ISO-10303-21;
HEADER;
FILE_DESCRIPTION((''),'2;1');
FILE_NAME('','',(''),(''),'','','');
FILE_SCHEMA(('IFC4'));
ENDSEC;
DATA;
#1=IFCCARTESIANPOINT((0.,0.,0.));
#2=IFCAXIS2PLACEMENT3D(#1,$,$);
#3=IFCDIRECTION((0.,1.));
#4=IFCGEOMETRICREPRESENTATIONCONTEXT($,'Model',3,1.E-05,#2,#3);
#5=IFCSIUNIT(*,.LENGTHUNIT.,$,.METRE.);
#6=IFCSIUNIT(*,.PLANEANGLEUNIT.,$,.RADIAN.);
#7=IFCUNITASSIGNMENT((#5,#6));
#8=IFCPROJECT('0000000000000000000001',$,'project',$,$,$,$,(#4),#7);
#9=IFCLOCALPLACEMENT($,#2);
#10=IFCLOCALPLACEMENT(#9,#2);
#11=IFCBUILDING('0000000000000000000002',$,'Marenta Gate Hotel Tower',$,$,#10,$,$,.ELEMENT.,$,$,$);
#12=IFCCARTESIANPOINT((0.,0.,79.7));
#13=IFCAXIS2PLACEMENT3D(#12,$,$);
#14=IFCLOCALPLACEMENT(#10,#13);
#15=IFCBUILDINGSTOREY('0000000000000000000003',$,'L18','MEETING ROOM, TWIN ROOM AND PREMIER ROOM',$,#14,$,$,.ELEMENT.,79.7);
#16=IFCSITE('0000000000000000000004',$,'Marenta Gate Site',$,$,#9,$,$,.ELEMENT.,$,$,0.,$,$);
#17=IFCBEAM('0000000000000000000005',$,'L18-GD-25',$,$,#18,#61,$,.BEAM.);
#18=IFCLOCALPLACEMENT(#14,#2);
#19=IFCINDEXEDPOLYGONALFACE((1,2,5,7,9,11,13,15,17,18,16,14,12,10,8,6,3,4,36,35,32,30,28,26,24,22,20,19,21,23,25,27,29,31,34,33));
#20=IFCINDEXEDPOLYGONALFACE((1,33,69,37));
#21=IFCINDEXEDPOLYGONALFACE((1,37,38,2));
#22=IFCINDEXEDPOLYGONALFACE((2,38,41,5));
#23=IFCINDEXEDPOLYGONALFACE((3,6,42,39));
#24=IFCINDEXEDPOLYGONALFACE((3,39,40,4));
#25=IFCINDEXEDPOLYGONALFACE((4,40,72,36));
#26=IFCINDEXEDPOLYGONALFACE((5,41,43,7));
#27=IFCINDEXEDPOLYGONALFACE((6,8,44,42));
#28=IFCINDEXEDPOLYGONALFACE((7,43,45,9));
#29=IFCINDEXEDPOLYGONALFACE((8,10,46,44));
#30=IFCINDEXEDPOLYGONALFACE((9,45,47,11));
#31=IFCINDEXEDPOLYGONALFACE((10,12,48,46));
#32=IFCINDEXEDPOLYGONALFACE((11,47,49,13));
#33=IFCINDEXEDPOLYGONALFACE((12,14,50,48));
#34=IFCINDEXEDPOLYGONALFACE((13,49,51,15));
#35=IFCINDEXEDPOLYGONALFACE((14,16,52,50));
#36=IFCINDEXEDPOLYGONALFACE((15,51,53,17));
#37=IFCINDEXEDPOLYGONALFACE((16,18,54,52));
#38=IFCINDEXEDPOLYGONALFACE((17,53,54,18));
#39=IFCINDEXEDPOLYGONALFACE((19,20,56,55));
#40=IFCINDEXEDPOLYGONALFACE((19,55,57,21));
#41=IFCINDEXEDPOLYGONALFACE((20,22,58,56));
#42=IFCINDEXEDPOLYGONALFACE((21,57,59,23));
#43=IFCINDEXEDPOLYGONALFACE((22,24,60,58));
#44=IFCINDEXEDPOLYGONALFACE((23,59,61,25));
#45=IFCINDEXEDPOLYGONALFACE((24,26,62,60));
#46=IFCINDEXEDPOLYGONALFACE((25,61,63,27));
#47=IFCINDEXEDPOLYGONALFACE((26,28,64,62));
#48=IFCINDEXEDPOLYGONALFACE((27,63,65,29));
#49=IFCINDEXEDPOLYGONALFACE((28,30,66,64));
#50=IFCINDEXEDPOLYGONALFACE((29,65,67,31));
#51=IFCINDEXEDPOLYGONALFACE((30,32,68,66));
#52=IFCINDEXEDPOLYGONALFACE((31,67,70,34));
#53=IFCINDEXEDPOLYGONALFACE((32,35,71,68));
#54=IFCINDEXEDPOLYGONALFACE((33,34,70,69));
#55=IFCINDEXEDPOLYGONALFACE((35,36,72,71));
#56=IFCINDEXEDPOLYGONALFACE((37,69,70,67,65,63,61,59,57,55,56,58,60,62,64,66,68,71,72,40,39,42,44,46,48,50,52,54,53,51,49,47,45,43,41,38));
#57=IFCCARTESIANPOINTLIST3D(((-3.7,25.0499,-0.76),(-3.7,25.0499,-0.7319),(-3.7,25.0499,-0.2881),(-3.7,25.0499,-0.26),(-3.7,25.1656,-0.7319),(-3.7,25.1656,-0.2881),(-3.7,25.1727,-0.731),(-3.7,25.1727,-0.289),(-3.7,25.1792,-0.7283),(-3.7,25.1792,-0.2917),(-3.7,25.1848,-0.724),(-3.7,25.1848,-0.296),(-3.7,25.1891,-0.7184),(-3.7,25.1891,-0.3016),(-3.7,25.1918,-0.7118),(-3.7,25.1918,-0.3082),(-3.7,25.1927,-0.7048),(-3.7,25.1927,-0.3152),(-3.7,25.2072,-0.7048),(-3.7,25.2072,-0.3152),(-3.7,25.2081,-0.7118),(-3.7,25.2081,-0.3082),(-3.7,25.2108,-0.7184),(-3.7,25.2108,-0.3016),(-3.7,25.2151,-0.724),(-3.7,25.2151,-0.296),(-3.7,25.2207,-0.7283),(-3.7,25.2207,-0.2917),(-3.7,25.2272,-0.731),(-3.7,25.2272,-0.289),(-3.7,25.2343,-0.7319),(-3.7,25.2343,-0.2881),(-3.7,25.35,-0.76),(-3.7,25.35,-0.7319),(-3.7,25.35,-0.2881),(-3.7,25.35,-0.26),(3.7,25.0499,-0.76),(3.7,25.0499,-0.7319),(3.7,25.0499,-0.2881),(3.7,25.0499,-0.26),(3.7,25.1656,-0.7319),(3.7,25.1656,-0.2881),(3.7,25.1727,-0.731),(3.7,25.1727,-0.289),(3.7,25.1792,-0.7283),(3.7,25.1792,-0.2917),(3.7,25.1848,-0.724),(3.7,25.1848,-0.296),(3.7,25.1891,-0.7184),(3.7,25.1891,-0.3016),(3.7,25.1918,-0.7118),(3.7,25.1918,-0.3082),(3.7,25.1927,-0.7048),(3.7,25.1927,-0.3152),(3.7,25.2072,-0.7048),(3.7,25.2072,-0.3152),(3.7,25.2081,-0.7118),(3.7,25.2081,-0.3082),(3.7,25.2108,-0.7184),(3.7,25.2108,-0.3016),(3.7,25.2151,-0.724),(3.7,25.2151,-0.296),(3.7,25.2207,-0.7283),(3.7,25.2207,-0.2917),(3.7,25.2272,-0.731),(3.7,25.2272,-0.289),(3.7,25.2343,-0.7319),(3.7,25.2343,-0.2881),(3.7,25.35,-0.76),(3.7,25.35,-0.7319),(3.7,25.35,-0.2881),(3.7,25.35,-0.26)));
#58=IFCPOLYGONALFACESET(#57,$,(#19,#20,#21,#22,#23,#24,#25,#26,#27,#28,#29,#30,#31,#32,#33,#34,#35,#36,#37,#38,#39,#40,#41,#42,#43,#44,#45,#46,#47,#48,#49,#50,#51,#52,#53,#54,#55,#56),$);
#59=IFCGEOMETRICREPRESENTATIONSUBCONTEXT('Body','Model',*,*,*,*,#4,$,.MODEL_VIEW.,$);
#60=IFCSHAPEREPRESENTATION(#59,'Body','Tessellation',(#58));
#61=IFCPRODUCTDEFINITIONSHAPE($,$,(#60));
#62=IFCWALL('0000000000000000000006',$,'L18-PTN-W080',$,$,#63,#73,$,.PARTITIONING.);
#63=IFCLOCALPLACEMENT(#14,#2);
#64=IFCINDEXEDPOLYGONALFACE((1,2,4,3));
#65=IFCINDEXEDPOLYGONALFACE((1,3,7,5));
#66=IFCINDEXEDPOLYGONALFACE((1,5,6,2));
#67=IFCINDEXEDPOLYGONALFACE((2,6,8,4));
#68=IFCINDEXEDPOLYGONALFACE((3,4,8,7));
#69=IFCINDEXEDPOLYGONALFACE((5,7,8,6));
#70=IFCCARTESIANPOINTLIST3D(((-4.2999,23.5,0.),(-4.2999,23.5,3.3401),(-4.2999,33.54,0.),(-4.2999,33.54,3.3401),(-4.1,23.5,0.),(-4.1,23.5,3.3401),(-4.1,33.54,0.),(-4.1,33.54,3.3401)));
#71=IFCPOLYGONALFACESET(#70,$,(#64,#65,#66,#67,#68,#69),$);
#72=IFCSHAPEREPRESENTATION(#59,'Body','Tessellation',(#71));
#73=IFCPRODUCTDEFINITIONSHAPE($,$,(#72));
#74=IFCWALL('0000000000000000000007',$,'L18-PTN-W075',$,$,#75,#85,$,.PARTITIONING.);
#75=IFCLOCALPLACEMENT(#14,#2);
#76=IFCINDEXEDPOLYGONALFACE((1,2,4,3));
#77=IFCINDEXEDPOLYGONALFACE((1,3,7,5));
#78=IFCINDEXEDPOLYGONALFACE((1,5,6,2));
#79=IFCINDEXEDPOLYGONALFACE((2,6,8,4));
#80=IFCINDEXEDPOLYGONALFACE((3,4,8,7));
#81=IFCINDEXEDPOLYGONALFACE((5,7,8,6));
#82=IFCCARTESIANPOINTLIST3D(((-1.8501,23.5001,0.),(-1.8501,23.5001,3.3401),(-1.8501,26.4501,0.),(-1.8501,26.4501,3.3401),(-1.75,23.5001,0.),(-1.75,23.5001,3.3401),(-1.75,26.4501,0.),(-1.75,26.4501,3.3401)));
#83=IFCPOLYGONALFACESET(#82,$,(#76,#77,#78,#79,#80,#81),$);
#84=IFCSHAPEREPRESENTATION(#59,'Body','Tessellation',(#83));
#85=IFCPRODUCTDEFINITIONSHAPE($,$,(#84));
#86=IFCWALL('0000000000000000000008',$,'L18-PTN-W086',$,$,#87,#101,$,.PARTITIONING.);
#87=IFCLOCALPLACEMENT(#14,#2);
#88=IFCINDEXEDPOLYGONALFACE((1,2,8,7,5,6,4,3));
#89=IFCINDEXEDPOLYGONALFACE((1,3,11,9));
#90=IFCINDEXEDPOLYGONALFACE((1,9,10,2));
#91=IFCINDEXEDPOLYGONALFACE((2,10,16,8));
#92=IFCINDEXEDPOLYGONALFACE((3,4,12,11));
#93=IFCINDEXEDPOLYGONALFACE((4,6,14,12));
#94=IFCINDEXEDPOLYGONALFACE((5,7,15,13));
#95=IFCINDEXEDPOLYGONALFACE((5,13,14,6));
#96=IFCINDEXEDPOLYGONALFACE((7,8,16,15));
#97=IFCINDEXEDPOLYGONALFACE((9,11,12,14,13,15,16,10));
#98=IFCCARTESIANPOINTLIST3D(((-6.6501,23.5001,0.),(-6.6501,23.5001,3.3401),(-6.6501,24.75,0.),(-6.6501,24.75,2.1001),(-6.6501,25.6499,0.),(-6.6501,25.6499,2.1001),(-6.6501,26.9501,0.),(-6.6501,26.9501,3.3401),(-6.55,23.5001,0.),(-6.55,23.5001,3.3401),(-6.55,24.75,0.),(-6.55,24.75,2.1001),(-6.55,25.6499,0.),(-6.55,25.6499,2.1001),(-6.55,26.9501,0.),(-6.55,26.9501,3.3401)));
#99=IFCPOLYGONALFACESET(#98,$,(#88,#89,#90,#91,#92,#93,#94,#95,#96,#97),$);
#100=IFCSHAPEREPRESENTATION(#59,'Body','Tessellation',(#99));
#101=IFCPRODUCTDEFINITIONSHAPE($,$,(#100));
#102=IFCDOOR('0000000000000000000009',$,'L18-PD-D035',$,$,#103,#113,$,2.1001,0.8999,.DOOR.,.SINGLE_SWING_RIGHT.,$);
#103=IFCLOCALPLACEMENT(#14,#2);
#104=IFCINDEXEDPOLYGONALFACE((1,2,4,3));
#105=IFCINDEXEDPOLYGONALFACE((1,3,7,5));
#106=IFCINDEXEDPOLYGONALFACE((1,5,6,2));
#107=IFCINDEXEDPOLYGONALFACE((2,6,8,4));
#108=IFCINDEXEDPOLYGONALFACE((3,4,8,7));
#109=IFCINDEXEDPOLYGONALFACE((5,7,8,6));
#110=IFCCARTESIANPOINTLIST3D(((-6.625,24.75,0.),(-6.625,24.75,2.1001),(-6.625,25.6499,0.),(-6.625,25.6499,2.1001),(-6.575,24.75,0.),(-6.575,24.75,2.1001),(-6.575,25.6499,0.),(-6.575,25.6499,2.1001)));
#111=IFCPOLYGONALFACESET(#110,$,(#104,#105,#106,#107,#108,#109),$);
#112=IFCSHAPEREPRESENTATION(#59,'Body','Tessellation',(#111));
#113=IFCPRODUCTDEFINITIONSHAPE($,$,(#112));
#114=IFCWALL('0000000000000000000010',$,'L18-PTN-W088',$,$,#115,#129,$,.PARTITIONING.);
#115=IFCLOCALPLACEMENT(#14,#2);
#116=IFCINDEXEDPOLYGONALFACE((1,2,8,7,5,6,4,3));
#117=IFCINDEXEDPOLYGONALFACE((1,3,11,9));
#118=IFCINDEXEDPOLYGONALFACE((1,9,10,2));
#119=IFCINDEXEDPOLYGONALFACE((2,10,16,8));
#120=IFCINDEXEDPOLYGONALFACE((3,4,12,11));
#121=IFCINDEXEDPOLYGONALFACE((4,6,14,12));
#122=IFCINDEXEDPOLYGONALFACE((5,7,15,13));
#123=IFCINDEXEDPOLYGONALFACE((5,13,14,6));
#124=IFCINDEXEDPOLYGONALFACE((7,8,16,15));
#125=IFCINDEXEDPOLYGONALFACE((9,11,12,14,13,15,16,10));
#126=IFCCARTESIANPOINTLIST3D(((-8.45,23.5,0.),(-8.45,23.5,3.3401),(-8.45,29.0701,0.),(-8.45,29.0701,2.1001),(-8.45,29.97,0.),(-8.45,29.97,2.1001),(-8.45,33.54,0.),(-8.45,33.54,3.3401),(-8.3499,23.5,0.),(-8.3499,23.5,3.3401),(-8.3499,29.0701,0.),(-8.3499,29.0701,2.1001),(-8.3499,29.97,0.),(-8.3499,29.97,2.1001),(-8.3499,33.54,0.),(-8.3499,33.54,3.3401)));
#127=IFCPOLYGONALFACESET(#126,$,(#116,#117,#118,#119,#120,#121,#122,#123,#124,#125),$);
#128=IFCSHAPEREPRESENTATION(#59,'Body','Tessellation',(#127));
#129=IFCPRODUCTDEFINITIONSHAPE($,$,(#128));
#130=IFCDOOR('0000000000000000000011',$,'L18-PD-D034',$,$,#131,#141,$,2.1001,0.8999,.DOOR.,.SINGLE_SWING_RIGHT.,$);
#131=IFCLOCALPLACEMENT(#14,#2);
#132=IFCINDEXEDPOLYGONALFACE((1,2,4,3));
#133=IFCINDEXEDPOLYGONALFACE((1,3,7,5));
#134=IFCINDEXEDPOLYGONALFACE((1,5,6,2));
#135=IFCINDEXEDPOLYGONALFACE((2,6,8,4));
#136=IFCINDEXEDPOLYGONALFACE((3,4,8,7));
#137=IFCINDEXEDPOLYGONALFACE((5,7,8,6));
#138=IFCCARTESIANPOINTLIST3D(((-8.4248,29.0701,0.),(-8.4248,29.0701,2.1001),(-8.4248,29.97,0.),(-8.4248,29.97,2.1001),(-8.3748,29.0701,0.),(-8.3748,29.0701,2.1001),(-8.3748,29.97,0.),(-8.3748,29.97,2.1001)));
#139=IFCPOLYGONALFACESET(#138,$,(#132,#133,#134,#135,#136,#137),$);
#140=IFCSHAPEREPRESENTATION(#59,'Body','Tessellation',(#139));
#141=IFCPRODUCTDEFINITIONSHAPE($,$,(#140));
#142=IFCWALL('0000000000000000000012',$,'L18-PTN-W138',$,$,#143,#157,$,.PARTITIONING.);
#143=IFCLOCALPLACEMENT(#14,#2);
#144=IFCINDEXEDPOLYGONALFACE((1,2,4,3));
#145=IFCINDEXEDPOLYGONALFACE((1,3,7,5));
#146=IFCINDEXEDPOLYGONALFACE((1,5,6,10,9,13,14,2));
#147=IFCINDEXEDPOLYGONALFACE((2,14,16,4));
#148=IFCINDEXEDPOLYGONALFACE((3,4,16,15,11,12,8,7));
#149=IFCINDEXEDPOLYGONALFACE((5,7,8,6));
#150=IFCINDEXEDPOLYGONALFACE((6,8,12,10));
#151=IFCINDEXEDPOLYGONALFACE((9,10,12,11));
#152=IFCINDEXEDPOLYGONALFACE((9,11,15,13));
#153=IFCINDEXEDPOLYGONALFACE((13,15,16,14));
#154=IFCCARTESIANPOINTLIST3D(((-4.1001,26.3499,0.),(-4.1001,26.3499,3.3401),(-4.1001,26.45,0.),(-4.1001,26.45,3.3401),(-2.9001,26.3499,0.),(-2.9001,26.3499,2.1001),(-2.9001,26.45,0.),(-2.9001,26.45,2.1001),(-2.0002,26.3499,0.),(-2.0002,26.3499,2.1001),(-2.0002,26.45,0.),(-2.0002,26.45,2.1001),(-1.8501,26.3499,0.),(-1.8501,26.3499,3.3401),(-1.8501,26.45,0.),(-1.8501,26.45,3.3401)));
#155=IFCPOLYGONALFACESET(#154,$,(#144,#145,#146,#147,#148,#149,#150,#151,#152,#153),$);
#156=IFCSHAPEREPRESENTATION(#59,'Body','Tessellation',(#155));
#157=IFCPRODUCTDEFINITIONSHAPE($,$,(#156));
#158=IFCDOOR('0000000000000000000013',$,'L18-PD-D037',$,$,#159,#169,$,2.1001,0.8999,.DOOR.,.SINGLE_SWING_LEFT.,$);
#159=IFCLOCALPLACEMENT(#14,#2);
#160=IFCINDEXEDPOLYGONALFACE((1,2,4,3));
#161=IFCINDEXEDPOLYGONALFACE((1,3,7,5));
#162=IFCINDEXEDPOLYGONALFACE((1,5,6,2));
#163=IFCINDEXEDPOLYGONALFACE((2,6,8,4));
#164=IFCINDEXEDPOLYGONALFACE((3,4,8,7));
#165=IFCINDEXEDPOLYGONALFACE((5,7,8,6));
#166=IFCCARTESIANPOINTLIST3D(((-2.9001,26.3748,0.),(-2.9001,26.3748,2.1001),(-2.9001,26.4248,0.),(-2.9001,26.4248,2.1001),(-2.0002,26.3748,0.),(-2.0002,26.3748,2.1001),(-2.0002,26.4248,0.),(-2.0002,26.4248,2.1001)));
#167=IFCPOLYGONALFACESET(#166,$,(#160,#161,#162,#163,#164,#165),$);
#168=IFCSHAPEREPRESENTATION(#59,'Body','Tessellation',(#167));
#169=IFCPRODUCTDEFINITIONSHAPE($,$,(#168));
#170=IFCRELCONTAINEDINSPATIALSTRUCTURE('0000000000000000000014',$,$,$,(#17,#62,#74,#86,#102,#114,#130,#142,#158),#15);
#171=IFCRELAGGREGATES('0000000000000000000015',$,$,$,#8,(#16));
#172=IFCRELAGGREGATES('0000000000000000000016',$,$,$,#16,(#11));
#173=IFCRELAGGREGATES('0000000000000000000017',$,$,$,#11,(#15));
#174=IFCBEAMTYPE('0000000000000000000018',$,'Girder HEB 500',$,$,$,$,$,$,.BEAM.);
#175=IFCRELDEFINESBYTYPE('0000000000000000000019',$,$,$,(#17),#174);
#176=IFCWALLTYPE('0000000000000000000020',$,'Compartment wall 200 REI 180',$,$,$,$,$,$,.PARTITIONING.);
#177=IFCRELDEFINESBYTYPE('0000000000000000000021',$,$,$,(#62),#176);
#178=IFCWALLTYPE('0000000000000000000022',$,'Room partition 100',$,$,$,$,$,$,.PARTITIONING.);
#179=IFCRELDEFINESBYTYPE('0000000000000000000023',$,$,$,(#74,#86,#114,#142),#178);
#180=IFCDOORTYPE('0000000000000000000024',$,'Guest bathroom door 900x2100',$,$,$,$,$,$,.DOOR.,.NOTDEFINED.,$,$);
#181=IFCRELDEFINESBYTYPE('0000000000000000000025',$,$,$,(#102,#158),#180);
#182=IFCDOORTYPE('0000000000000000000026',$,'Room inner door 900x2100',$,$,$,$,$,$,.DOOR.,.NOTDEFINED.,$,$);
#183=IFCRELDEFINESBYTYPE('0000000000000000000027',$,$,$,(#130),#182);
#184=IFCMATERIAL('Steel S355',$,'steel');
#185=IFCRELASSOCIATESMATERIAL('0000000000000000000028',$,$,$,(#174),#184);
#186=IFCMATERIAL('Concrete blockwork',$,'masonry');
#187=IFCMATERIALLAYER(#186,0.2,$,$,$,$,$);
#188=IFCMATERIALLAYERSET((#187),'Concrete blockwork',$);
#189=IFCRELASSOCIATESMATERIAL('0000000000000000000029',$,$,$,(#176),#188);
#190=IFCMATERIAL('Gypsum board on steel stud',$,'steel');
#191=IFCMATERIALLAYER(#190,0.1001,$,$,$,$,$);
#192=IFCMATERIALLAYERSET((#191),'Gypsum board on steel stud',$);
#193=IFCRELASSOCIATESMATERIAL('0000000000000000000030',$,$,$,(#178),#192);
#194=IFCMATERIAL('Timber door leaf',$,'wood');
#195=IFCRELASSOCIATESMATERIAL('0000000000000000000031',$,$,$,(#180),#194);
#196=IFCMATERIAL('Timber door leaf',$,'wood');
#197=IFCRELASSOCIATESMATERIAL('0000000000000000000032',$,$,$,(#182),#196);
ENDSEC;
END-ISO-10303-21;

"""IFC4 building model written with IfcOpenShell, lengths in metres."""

from ifc_helpers import new_model, si_unit, direction, frame, frame_2d, origin, origin_2d, place, context, subcontext, project, spatial, rectangle, i_section, extrude, material, layer, layer_set, material_profile, profile_set, type_object, element, fill, save


model = new_model("IFC4")

# Units and contexts
model_context = context("Model", 3, precision=1e-05, world=origin(), true_north=direction((0.0, 1.0)))
body_context = subcontext(model_context, "Body", "Model", "MODEL_VIEW")
ifc_project = project(units=[si_unit("LENGTHUNIT", "METRE"), si_unit("PLANEANGLEUNIT", "RADIAN")], contexts=[model_context])

# Site, building, storey
site_placement = place(None, origin())
site = spatial("IfcSite", under=ifc_project, at=site_placement, Name="Marenta Gate Site", CompositionType="ELEMENT", RefElevation=0.0)
building_placement = place(site_placement, origin())
building = spatial("IfcBuilding", under=site, at=building_placement, Name="Marenta Gate Hotel Tower", CompositionType="ELEMENT")
storey_placement = place(building_placement, frame((0.0, 0.0, 79.7)))
storey = spatial("IfcBuildingStorey", under=building, at=storey_placement, Name="L18", Description="MEETING ROOM, TWIN ROOM AND PREMIER ROOM", CompositionType="ELEMENT", Elevation=79.7)

# Beam
ifc_material_1 = material(Name="Steel S355", Category="steel")
ifc_material_profile_1 = material_profile(ifc_material_1, i_section(OverallWidth=0.3, OverallDepth=0.5, WebThickness=0.0144, FlangeThickness=0.0281, FilletRadius=0.0271, at=origin_2d()), Name="HEB 500")
ifc_profile_set_1 = profile_set([ifc_material_profile_1], Name="Steel S355")
beam_type_1 = type_object("IfcBeamType", Name="Girder HEB 500", PredefinedType="BEAM", material=ifc_profile_set_1)
beam_1_placement = place(storey_placement, frame((-3.7, 25.2, -0.51), z_axis=(1.0, 0.0, 0.0), x_axis=(0.0, 1.0, 0.0)))
element("IfcBeam", 1, at=beam_1_placement, inside=storey, type_object=beam_type_1, Name="L18-GD-25", PredefinedType="BEAM", context=body_context, shape_type="SweptSolid", body=[
    extrude(i_section(OverallWidth=0.3, OverallDepth=0.5, WebThickness=0.0144, FlangeThickness=0.0281, FilletRadius=0.0271, at=origin_2d()), origin(), (0.0, 0.0, 1.0), 7.3999),
])

# Walls
ifc_material_2 = material(Name="Concrete blockwork", Category="masonry")
ifc_layer_1 = layer(ifc_material_2, 0.2)
ifc_layer_set_1 = layer_set([ifc_layer_1], Name="Concrete blockwork")
wall_type_1 = type_object("IfcWallType", Name="Compartment wall 200 REI 180", PredefinedType="PARTITIONING", material=ifc_layer_set_1)
wall_1_placement = place(storey_placement, frame((-4.2, 23.5, 0.0), z_axis=(0.0, 0.0, 1.0), x_axis=(0.0, 1.0, 0.0)))
element("IfcWall", 2, at=wall_1_placement, inside=storey, type_object=wall_type_1, Name="L18-PTN-W080", PredefinedType="PARTITIONING", context=body_context, shape_type="SweptSolid", body=[
    extrude(rectangle(XDim=10.04, YDim=0.2, at=frame_2d((5.02, 0.0))), origin(), (0.0, 0.0, 1.0), 3.3401),
])
ifc_material_3 = material(Name="Gypsum board on steel stud", Category="steel")
ifc_layer_2 = layer(ifc_material_3, 0.1001)
ifc_layer_set_2 = layer_set([ifc_layer_2], Name="Gypsum board on steel stud")
wall_type_2 = type_object("IfcWallType", Name="Room partition 100", PredefinedType="PARTITIONING", material=ifc_layer_set_2)
wall_2_placement = place(storey_placement, frame((-1.8, 23.5, 0.0), z_axis=(0.0, 0.0, 1.0), x_axis=(0.0, 1.0, 0.0)))
element("IfcWall", 3, at=wall_2_placement, inside=storey, type_object=wall_type_2, Name="L18-PTN-W075", PredefinedType="PARTITIONING", context=body_context, shape_type="SweptSolid", body=[
    extrude(rectangle(XDim=2.95, YDim=0.1001, at=frame_2d((1.4751, 0.0))), origin(), (0.0, 0.0, 1.0), 3.3401),
])

# Walls, openings, doors
wall_3_placement = place(storey_placement, frame((-6.6001, 23.5, 0.0), z_axis=(0.0, 0.0, 1.0), x_axis=(0.0, 1.0, 0.0)))
wall_3 = element("IfcWall", 4, at=wall_3_placement, inside=storey, type_object=wall_type_2, Name="L18-PTN-W086", PredefinedType="PARTITIONING", context=body_context, shape_type="SweptSolid", body=[
    extrude(rectangle(XDim=3.45, YDim=0.1001, at=frame_2d((1.7251, 0.0))), origin(), (0.0, 0.0, 1.0), 3.3401),
])
opening_1_placement = place(wall_3_placement, frame((1.25, 0.0, 0.0)))
opening_1 = element("IfcOpeningElement", 5, at=opening_1_placement, cuts=wall_3, PredefinedType="OPENING", context=body_context, shape_type="SweptSolid", body=[
    extrude(rectangle(XDim=0.8999, YDim=2.1001, at=frame_2d((0.45, 1.05))), frame((0.0, 0.05, 0.0), z_axis=(0.0, -1.0, 0.0), x_axis=(1.0, 0.0, 0.0)), (0.0, 0.0, 1.0), 0.1001),
])
ifc_material_4 = material(Name="Timber door leaf", Category="wood")
door_type_1 = type_object("IfcDoorType", Name="Guest bathroom door 900x2100", OperationType="NOTDEFINED", PredefinedType="DOOR", material=ifc_material_4)
door_1_placement = place(opening_1_placement, origin())
door_1 = element("IfcDoor", 6, at=door_1_placement, inside=storey, type_object=door_type_1, Name="L18-PD-D035", OperationType="SINGLE_SWING_RIGHT", OverallHeight=2.1001, OverallWidth=0.8999, PredefinedType="DOOR", context=body_context, shape_type="SweptSolid", body=[
    extrude(rectangle(XDim=0.8999, YDim=2.1001, at=frame_2d((0.45, 1.05))), frame((0.0, 0.0249, 0.0), z_axis=(0.0, -1.0, 0.0), x_axis=(1.0, 0.0, 0.0)), (0.0, 0.0, 1.0), 0.05),
])
fill(opening_1, door_1)
wall_4_placement = place(storey_placement, frame((-8.3999, 23.5, 0.0), z_axis=(0.0, 0.0, 1.0), x_axis=(0.0, 1.0, 0.0)))
wall_4 = element("IfcWall", 7, at=wall_4_placement, inside=storey, type_object=wall_type_2, Name="L18-PTN-W088", PredefinedType="PARTITIONING", context=body_context, shape_type="SweptSolid", body=[
    extrude(rectangle(XDim=10.04, YDim=0.1001, at=frame_2d((5.02, 0.0))), origin(), (0.0, 0.0, 1.0), 3.3401),
])
opening_2_placement = place(wall_4_placement, frame((5.5701, 0.0, 0.0)))
opening_2 = element("IfcOpeningElement", 8, at=opening_2_placement, cuts=wall_4, PredefinedType="OPENING", context=body_context, shape_type="SweptSolid", body=[
    extrude(rectangle(XDim=0.8999, YDim=2.1001, at=frame_2d((0.45, 1.05))), frame((0.0, 0.05, 0.0), z_axis=(0.0, -1.0, 0.0), x_axis=(1.0, 0.0, 0.0)), (0.0, 0.0, 1.0), 0.1001),
])
ifc_material_5 = material(Name="Timber door leaf", Category="wood")
door_type_2 = type_object("IfcDoorType", Name="Room inner door 900x2100", OperationType="NOTDEFINED", PredefinedType="DOOR", material=ifc_material_5)
door_2_placement = place(opening_2_placement, origin())
door_2 = element("IfcDoor", 9, at=door_2_placement, inside=storey, type_object=door_type_2, Name="L18-PD-D034", OperationType="SINGLE_SWING_RIGHT", OverallHeight=2.1001, OverallWidth=0.8999, PredefinedType="DOOR", context=body_context, shape_type="SweptSolid", body=[
    extrude(rectangle(XDim=0.8999, YDim=2.1001, at=frame_2d((0.45, 1.05))), frame((0.0, 0.0249, 0.0), z_axis=(0.0, -1.0, 0.0), x_axis=(1.0, 0.0, 0.0)), (0.0, 0.0, 1.0), 0.05),
])
fill(opening_2, door_2)
wall_5_placement = place(storey_placement, frame((-4.1001, 26.3999, 0.0), z_axis=(0.0, 0.0, 1.0), x_axis=(1.0, 0.0, 0.0)))
wall_5 = element("IfcWall", 10, at=wall_5_placement, inside=storey, type_object=wall_type_2, Name="L18-PTN-W138", PredefinedType="PARTITIONING", context=body_context, shape_type="SweptSolid", body=[
    extrude(rectangle(XDim=2.25, YDim=0.1001, at=frame_2d((1.125, 0.0))), origin(), (0.0, 0.0, 1.0), 3.3401),
])
opening_3_placement = place(wall_5_placement, frame((1.2, 0.0, 0.0)))
opening_3 = element("IfcOpeningElement", 11, at=opening_3_placement, cuts=wall_5, PredefinedType="OPENING", context=body_context, shape_type="SweptSolid", body=[
    extrude(rectangle(XDim=0.8999, YDim=2.1001, at=frame_2d((0.45, 1.05))), frame((0.0, 0.05, 0.0), z_axis=(0.0, -1.0, 0.0), x_axis=(1.0, 0.0, 0.0)), (0.0, 0.0, 1.0), 0.1001),
])
door_3_placement = place(opening_3_placement, origin())
door_3 = element("IfcDoor", 12, at=door_3_placement, inside=storey, type_object=door_type_1, Name="L18-PD-D037", OperationType="SINGLE_SWING_LEFT", OverallHeight=2.1001, OverallWidth=0.8999, PredefinedType="DOOR", context=body_context, shape_type="SweptSolid", body=[
    extrude(rectangle(XDim=0.8999, YDim=2.1001, at=frame_2d((0.45, 1.05))), frame((0.0, 0.0249, 0.0), z_axis=(0.0, -1.0, 0.0), x_axis=(1.0, 0.0, 0.0)), (0.0, 0.0, 1.0), 0.05),
])
fill(opening_3, door_3)

save(model, "model.ifc")
